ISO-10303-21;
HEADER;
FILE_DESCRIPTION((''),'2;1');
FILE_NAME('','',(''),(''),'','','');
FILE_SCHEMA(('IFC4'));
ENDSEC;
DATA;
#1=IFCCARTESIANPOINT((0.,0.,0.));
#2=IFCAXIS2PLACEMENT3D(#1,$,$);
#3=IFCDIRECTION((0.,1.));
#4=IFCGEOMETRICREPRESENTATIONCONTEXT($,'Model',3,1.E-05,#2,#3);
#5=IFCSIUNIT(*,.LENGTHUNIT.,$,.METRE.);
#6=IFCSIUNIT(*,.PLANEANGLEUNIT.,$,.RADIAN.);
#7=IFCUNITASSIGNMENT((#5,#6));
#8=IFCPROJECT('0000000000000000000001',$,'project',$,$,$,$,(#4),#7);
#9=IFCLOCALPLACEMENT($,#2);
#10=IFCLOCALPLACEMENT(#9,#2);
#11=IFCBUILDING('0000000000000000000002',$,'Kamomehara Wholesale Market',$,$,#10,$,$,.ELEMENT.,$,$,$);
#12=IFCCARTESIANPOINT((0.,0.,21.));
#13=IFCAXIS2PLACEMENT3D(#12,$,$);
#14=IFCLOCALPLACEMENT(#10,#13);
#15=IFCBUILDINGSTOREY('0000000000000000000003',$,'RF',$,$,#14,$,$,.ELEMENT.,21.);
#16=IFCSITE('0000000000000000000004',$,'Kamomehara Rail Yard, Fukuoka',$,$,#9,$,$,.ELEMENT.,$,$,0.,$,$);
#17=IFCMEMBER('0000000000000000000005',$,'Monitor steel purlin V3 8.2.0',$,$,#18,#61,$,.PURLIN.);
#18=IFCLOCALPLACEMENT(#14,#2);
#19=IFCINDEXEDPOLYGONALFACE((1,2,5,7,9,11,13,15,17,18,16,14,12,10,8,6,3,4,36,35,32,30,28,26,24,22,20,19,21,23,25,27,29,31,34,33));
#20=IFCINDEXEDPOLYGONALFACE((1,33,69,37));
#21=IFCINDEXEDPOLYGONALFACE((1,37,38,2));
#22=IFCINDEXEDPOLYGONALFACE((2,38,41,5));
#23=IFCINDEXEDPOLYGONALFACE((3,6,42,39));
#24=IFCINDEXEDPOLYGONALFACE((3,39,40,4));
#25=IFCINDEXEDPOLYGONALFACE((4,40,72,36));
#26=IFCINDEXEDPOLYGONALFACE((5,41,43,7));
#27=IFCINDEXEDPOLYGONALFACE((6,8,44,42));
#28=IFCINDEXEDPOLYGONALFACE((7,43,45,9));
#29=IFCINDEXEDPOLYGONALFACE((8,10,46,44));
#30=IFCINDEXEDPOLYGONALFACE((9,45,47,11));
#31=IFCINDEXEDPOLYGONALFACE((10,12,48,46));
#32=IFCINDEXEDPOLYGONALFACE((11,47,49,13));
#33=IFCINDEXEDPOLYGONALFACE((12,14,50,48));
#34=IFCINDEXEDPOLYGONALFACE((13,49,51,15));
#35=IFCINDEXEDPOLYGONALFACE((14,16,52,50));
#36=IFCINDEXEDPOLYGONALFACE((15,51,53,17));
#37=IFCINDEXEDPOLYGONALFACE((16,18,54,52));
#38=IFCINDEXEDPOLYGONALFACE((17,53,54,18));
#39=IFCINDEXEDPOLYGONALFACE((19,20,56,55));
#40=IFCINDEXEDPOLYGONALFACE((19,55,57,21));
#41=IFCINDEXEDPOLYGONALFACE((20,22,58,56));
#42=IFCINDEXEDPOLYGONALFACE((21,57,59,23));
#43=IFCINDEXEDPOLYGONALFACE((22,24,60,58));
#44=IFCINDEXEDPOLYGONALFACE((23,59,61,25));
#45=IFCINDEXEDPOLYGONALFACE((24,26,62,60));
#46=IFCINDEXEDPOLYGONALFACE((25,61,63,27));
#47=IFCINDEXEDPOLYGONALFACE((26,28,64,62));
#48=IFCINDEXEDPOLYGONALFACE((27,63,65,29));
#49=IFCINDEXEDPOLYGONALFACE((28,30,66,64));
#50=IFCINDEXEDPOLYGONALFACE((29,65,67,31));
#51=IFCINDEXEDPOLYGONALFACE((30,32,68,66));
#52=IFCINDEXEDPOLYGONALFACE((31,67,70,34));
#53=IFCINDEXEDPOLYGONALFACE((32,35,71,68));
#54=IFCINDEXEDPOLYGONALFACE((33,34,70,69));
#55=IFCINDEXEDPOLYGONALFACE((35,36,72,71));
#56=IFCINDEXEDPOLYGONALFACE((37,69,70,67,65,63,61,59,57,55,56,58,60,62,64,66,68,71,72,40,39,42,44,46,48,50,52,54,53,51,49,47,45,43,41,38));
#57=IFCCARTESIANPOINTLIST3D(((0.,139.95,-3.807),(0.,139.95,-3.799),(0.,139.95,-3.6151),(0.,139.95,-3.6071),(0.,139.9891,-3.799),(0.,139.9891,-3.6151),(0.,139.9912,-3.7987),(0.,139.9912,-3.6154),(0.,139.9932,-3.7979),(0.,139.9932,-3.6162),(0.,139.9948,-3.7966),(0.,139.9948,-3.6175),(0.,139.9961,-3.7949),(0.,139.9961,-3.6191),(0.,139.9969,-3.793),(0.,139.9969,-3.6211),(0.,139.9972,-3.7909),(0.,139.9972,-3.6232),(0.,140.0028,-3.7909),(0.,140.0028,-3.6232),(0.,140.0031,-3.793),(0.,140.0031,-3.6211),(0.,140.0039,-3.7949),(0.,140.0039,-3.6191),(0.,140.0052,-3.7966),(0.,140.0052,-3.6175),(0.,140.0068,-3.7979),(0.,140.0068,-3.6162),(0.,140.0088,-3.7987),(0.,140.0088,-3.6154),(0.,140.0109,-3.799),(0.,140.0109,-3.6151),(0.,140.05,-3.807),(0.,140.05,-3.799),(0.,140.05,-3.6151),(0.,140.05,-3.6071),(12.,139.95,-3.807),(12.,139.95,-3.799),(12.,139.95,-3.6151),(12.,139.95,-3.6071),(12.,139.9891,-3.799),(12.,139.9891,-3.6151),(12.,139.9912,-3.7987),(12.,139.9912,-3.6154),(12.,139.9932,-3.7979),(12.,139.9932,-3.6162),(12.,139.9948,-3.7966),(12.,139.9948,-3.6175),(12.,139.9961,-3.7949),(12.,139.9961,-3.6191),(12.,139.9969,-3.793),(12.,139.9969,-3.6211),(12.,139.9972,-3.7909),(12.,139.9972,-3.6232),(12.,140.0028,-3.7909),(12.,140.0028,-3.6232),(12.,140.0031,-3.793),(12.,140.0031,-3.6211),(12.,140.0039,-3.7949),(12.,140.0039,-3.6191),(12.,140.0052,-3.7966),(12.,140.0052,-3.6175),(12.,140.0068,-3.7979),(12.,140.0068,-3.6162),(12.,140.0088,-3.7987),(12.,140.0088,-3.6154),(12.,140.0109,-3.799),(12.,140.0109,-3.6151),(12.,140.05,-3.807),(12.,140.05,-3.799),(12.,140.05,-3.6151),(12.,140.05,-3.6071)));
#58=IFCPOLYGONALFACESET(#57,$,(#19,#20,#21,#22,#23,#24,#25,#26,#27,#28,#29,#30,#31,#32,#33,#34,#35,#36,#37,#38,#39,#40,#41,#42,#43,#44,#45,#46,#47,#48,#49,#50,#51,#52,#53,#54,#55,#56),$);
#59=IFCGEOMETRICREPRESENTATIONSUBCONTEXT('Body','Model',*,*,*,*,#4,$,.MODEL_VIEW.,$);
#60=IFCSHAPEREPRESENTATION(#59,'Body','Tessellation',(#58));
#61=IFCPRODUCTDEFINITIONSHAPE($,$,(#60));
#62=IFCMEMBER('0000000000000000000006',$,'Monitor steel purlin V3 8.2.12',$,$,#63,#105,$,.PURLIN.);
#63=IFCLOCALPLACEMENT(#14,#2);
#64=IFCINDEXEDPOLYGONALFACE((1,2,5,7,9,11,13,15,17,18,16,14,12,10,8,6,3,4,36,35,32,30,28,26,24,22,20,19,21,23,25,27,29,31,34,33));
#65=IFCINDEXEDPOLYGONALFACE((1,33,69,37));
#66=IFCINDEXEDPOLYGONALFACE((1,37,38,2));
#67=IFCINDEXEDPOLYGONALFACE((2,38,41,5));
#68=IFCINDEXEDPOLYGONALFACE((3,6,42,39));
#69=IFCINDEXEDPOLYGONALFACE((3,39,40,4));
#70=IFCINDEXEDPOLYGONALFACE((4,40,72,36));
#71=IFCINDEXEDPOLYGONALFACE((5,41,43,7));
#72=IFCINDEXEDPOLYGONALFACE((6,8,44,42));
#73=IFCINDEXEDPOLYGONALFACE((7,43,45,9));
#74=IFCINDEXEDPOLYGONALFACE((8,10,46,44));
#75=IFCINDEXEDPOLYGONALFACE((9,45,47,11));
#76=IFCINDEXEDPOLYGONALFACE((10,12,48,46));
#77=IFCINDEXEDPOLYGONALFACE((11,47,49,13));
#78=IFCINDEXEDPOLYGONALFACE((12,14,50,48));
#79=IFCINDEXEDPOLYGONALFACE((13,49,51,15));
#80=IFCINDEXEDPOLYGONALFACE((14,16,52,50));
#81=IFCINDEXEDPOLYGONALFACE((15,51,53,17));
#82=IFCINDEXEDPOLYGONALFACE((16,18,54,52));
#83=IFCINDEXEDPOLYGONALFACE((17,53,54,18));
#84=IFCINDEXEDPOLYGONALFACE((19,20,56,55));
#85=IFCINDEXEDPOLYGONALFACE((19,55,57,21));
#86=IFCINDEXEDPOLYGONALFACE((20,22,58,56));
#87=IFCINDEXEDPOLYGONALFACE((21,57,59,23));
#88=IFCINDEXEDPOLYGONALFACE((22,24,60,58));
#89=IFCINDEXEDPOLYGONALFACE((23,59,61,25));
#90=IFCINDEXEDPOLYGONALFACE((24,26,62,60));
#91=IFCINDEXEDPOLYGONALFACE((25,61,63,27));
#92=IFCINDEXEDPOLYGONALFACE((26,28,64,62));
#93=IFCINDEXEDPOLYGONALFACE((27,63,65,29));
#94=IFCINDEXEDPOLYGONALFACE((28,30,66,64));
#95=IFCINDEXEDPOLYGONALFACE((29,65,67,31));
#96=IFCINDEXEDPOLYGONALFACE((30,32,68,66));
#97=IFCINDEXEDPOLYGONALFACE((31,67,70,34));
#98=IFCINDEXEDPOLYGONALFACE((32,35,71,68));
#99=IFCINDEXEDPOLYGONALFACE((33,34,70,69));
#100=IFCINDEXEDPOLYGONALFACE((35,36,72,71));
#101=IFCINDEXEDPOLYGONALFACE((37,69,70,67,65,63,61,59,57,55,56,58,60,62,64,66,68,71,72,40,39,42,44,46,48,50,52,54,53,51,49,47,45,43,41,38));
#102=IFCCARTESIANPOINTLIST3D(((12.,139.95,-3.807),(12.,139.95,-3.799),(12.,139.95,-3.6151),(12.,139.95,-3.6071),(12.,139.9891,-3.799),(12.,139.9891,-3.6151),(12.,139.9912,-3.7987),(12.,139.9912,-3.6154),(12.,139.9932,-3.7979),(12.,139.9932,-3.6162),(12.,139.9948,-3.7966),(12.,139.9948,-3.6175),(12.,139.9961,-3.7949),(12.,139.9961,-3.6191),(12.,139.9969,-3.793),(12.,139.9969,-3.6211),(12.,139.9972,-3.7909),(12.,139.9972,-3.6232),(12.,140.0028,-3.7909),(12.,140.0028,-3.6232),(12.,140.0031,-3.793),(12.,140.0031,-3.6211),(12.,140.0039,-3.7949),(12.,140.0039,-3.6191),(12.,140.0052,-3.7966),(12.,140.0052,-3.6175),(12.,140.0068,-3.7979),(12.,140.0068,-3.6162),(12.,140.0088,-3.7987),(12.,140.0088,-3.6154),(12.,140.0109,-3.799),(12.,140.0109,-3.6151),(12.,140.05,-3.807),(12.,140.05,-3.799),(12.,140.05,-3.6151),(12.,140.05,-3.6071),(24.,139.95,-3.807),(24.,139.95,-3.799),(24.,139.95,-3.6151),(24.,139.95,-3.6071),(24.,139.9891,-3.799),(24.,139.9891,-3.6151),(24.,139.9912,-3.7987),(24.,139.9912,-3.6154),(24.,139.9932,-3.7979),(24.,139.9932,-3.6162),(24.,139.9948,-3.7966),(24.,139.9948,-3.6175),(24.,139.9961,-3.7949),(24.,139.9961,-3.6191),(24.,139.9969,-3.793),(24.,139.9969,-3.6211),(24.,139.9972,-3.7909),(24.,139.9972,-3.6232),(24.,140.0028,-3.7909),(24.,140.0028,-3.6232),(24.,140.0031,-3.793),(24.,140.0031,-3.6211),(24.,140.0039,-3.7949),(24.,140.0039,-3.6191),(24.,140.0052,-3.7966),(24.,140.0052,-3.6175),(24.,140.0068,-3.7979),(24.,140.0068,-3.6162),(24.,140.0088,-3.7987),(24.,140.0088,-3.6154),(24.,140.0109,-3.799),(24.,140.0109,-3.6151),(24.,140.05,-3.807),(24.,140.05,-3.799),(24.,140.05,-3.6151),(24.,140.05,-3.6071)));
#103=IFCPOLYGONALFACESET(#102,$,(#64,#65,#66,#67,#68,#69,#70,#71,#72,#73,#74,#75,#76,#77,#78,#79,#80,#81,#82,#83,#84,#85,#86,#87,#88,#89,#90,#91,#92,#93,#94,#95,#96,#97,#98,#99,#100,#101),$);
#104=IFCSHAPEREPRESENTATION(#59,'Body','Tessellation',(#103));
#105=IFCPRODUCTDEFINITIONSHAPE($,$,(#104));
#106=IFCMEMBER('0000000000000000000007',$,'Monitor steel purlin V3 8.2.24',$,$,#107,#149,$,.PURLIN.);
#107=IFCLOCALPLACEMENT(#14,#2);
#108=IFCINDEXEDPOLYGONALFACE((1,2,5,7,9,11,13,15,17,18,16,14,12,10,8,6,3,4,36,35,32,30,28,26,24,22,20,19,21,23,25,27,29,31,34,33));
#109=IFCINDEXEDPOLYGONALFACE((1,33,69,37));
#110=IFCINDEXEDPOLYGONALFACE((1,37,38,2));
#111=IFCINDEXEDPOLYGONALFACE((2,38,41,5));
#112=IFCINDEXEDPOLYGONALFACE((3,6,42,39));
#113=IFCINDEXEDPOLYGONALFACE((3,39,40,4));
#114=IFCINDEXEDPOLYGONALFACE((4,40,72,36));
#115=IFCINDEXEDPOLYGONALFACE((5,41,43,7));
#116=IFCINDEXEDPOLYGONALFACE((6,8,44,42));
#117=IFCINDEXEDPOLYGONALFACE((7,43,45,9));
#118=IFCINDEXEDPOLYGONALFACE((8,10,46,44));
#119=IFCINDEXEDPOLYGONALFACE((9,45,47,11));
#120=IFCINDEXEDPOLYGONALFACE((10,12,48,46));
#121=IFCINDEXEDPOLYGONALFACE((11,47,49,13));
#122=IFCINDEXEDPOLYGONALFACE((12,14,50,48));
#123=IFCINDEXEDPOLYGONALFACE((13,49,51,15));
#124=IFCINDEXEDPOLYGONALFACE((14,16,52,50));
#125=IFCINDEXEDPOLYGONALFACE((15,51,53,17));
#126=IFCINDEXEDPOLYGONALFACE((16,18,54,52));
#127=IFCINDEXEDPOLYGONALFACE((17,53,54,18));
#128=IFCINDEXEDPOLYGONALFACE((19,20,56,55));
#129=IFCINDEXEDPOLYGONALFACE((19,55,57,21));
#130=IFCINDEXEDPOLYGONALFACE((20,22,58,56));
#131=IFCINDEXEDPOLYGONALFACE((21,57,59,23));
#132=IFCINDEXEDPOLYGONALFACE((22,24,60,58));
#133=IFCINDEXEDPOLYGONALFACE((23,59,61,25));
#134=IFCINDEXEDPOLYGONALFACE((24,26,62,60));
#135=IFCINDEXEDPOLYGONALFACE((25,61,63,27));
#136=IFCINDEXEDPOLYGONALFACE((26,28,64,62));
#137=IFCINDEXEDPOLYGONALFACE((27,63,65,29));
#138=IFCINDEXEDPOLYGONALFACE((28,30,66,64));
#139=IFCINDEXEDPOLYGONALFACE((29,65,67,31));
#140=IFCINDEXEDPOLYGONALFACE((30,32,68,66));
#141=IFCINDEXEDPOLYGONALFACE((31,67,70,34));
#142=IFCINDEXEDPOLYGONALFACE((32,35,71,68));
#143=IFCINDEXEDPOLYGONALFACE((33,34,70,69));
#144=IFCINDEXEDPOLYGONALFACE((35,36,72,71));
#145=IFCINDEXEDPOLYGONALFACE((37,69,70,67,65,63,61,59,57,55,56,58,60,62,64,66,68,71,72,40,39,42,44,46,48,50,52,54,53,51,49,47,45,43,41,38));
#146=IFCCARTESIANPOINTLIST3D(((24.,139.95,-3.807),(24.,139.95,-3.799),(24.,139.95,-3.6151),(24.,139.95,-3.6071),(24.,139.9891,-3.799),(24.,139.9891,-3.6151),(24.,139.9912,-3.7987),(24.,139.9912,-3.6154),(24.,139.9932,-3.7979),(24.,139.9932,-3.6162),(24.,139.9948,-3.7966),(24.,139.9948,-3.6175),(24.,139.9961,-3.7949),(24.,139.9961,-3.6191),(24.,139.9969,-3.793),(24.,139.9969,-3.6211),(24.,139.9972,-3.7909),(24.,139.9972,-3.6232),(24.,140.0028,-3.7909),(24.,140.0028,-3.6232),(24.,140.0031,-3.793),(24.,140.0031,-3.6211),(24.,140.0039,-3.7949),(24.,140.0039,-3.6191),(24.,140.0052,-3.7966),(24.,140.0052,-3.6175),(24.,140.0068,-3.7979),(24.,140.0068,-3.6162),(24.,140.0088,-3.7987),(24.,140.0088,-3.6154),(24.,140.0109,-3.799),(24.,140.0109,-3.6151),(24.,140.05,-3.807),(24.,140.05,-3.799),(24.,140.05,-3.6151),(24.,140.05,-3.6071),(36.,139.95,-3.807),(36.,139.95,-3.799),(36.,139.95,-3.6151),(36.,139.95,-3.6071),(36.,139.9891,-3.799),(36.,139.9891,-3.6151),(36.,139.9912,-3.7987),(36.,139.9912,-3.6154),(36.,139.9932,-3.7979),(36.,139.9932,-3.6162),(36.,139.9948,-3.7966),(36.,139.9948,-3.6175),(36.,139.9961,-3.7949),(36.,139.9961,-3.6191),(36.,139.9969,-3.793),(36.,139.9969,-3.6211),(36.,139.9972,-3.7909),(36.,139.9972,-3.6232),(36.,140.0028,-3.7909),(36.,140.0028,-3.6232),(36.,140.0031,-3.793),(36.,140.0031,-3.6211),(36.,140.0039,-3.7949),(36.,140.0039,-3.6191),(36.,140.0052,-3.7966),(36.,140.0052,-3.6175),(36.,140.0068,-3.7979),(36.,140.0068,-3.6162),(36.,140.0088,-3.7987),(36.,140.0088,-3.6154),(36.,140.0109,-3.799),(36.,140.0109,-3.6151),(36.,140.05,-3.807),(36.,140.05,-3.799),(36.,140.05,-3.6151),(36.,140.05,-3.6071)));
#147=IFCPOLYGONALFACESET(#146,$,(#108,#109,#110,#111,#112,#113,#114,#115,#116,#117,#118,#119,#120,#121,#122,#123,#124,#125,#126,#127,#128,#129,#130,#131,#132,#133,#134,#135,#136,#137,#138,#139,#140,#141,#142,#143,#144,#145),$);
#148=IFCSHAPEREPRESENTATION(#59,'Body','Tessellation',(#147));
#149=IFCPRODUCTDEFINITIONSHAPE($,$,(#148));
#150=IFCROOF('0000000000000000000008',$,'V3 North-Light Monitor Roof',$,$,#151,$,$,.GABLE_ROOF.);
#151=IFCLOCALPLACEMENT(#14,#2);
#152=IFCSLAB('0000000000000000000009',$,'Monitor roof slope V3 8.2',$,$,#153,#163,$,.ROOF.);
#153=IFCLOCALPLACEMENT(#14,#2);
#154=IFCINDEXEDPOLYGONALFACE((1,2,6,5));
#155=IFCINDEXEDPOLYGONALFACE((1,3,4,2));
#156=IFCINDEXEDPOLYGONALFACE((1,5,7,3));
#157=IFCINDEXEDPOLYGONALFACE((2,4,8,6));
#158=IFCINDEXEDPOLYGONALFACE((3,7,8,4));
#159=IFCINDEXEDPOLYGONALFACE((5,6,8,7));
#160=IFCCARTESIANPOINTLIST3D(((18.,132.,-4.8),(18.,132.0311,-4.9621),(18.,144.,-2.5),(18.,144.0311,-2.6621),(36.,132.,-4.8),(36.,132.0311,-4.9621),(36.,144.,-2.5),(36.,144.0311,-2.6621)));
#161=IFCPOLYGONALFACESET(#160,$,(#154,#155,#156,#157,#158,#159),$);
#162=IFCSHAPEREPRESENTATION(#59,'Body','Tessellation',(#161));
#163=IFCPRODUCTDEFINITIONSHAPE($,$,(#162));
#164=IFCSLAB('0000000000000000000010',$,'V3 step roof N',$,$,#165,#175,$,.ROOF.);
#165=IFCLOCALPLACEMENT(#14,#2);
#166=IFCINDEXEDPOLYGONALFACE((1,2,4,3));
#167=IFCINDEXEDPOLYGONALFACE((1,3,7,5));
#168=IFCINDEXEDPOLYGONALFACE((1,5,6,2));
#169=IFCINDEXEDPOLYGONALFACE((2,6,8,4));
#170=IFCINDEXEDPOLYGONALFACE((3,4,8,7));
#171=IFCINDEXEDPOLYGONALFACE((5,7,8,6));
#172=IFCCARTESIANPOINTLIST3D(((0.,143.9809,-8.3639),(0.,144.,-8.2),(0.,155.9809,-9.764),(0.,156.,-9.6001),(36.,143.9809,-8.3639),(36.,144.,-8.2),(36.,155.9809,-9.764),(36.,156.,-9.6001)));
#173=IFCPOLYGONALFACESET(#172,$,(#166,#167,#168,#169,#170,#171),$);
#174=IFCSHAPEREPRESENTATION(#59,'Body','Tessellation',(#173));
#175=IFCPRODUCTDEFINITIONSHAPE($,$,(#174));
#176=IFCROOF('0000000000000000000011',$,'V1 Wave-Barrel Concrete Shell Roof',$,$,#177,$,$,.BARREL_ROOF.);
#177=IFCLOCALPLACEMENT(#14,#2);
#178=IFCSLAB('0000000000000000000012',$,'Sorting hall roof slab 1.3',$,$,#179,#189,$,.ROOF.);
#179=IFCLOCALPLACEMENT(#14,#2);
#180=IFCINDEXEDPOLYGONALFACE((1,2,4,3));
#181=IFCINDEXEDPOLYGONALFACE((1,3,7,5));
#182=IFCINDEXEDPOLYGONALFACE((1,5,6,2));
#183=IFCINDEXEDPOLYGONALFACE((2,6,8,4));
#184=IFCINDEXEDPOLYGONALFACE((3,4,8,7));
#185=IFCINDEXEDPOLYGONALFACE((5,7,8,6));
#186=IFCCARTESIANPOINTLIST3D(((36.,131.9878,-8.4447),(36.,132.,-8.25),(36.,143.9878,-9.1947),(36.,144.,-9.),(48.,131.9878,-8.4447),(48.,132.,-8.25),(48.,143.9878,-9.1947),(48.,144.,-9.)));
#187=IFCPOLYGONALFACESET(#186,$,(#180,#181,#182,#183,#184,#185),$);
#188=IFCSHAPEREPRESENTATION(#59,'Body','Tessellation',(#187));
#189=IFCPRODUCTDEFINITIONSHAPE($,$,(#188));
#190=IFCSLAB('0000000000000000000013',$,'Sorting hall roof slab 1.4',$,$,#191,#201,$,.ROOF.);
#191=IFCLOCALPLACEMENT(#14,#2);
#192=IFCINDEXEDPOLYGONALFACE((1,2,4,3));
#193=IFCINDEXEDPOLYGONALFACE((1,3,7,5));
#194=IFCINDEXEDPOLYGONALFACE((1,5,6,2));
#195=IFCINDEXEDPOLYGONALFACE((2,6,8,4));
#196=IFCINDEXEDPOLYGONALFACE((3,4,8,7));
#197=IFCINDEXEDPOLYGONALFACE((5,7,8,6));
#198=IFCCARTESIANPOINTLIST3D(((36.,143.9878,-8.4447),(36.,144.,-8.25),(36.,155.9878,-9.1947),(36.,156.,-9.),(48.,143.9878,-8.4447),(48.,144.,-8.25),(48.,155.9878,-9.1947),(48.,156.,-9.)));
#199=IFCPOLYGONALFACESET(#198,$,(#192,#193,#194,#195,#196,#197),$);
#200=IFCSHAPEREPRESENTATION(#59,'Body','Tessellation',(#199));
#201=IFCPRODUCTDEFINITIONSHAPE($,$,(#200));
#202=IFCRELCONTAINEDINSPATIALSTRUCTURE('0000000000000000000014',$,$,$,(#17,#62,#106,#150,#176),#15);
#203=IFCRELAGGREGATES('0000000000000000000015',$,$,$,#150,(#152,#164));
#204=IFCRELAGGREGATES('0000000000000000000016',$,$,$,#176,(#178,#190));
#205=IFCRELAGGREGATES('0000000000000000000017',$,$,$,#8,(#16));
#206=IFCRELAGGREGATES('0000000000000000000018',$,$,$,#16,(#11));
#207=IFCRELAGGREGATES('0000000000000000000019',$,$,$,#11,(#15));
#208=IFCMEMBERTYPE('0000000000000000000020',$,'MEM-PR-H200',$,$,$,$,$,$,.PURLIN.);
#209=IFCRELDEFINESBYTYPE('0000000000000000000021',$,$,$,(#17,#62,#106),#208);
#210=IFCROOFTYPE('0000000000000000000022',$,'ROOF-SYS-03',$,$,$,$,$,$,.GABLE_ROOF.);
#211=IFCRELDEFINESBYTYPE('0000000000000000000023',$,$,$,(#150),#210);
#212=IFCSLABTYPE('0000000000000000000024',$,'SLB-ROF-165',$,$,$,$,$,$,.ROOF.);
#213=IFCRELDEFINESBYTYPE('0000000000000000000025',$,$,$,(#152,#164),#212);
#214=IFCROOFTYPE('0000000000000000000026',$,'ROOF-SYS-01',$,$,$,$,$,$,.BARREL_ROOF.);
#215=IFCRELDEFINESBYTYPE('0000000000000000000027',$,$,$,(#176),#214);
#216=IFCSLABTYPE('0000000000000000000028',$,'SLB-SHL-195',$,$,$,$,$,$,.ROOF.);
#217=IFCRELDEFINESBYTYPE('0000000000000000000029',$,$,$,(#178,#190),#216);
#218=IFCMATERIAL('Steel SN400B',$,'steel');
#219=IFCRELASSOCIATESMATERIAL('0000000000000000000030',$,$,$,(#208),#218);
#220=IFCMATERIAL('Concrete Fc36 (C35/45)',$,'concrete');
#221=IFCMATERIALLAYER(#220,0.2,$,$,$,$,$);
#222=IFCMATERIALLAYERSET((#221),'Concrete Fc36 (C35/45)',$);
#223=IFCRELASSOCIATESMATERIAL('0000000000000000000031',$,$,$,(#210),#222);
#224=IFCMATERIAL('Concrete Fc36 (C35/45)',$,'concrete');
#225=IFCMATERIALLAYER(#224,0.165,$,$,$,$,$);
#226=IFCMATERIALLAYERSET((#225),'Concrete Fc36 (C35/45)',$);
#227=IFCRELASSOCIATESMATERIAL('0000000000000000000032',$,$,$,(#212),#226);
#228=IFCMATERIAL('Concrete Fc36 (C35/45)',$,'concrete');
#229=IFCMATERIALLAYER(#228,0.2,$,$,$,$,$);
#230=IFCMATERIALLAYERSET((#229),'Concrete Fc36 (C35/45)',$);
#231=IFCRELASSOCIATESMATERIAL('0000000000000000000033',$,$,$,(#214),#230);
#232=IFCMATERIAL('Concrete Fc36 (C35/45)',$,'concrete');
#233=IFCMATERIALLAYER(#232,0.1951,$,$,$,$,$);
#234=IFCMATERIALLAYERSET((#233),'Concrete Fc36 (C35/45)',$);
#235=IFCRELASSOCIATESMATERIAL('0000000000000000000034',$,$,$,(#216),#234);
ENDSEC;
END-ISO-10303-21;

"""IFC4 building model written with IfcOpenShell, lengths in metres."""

from ifc_helpers import new_model, si_unit, direction, frame, origin, origin_2d, place, context, subcontext, project, spatial, polyline, i_section, outline, extrude, material, layer, layer_set, material_profile, profile_set, type_object, element, aggregate, save


model = new_model("IFC4")

# Units and contexts
model_context = context("Model", 3, precision=1e-05, world=origin(), true_north=direction((0.0, 1.0)))
body_context = subcontext(model_context, "Body", "Model", "MODEL_VIEW")
ifc_project = project(units=[si_unit("LENGTHUNIT", "METRE"), si_unit("PLANEANGLEUNIT", "RADIAN")], contexts=[model_context])

# Site, building, storey
site_placement = place(None, origin())
site = spatial("IfcSite", under=ifc_project, at=site_placement, Name="Kamomehara Rail Yard, Fukuoka", CompositionType="ELEMENT", RefElevation=0.0)
building_placement = place(site_placement, origin())
building = spatial("IfcBuilding", under=site, at=building_placement, Name="Kamomehara Wholesale Market", CompositionType="ELEMENT")
storey_placement = place(building_placement, frame((0.0, 0.0, 21.0)))
storey = spatial("IfcBuildingStorey", under=building, at=storey_placement, Name="RF", CompositionType="ELEMENT", Elevation=21.0)

# Members
ifc_material_1 = material(Name="Steel SN400B", Category="steel")
ifc_material_profile_1 = material_profile(ifc_material_1, i_section(OverallWidth=0.1001, OverallDepth=0.2, WebThickness=0.0056, FlangeThickness=0.0081, FilletRadius=0.0081, at=origin_2d()), Name="H-200x100x5.5x8")
ifc_profile_set_1 = profile_set([ifc_material_profile_1], Name="Steel SN400B")
member_type = type_object("IfcMemberType", Name="MEM-PR-H200", PredefinedType="PURLIN", material=ifc_profile_set_1)
for number, where, z_axis, x_axis, name in (
    (1, (0.0, 140.0, -3.707), (1.0, 0.0, 0.0), (0.0, 1.0, 0.0), "Monitor steel purlin V3 8.2.0"),
    (2, (12.0, 140.0, -3.707), (1.0, 0.0, 0.0), (0.0, 1.0, 0.0), "Monitor steel purlin V3 8.2.12"),
    (3, (24.0, 140.0, -3.707), (1.0, 0.0, 0.0), (0.0, 1.0, 0.0), "Monitor steel purlin V3 8.2.24"),
):
    element("IfcMember", number, at=place(storey_placement, frame(where, z_axis=z_axis, x_axis=x_axis)), inside=storey, type_object=member_type, Name=name, PredefinedType="PURLIN", context=body_context, shape_type="SweptSolid", body=[
        extrude(i_section(OverallWidth=0.1001, OverallDepth=0.2, WebThickness=0.0056, FlangeThickness=0.0081, FilletRadius=0.0081, at=origin_2d()), origin(), (0.0, 0.0, 1.0), 12.0),
    ])

# Roofs, slabs
ifc_material_2 = material(Name="Concrete Fc36 (C35/45)", Category="concrete")
ifc_layer_1 = layer(ifc_material_2, 0.2)
ifc_layer_set_1 = layer_set([ifc_layer_1], Name="Concrete Fc36 (C35/45)")
roof_type_1 = type_object("IfcRoofType", Name="ROOF-SYS-03", PredefinedType="GABLE_ROOF", material=ifc_layer_set_1)
roof_1_placement = place(storey_placement, origin())
roof_1 = element("IfcRoof", 4, at=roof_1_placement, inside=storey, type_object=roof_type_1, Name="V3 North-Light Monitor Roof", PredefinedType="GABLE_ROOF")
ifc_material_3 = material(Name="Concrete Fc36 (C35/45)", Category="concrete")
ifc_layer_2 = layer(ifc_material_3, 0.165)
ifc_layer_set_2 = layer_set([ifc_layer_2], Name="Concrete Fc36 (C35/45)")
slab_type_1 = type_object("IfcSlabType", Name="SLB-ROF-165", PredefinedType="ROOF", material=ifc_layer_set_2)
slab_1_placement = place(storey_placement, frame((18.0, 132.0, -4.8), z_axis=(0.0, -0.188244, 0.982122), x_axis=(1.0, 0.0, 0.0)))
slab_1 = element("IfcSlab", 5, at=slab_1_placement, type_object=slab_type_1, Name="Monitor roof slope V3 8.2", PredefinedType="ROOF", context=body_context, shape_type="SweptSolid", body=[
    extrude(outline(polyline([(0.0, 0.0), (18.0, 0.0), (18.0, 12.2184), (0.0, 12.2184), (0.0, 0.0)])), origin(), (0.0, 0.0, -1.0), 0.165),
])
slab_2_placement = place(storey_placement, frame((0.0, 144.0, -8.2), z_axis=(0.0, 0.115893, 0.993262), x_axis=(1.0, 0.0, 0.0)))
slab_2 = element("IfcSlab", 6, at=slab_2_placement, type_object=slab_type_1, Name="V3 step roof N", PredefinedType="ROOF", context=body_context, shape_type="SweptSolid", body=[
    extrude(outline(polyline([(0.0, 0.0), (36.0, 0.0), (36.0, 12.0814), (0.0, 12.0814), (0.0, 0.0)])), origin(), (0.0, 0.0, -1.0), 0.165),
])
aggregate(roof_1, [slab_1, slab_2])
ifc_material_4 = material(Name="Concrete Fc36 (C35/45)", Category="concrete")
ifc_layer_3 = layer(ifc_material_4, 0.2)
ifc_layer_set_3 = layer_set([ifc_layer_3], Name="Concrete Fc36 (C35/45)")
roof_type_2 = type_object("IfcRoofType", Name="ROOF-SYS-01", PredefinedType="BARREL_ROOF", material=ifc_layer_set_3)
roof_2_placement = place(storey_placement, origin())
roof_2 = element("IfcRoof", 7, at=roof_2_placement, inside=storey, type_object=roof_type_2, Name="V1 Wave-Barrel Concrete Shell Roof", PredefinedType="BARREL_ROOF")
ifc_material_5 = material(Name="Concrete Fc36 (C35/45)", Category="concrete")
ifc_layer_4 = layer(ifc_material_5, 0.1951)
ifc_layer_set_4 = layer_set([ifc_layer_4], Name="Concrete Fc36 (C35/45)")
slab_type_2 = type_object("IfcSlabType", Name="SLB-SHL-195", PredefinedType="ROOF", material=ifc_layer_set_4)
slab_3_placement = place(storey_placement, frame((36.0, 132.0, -8.25), z_axis=(0.0, 0.062378, 0.998053), x_axis=(1.0, 0.0, 0.0)))
slab_3 = element("IfcSlab", 8, at=slab_3_placement, type_object=slab_type_2, Name="Sorting hall roof slab 1.3", PredefinedType="ROOF", context=body_context, shape_type="SweptSolid", body=[
    extrude(outline(polyline([(0.0, 0.0), (12.0, 0.0), (12.0, 12.0234), (0.0, 12.0234), (0.0, 0.0)])), origin(), (0.0, 0.0, -1.0), 0.1951),
])
slab_4_placement = place(storey_placement, frame((36.0, 144.0, -8.25), z_axis=(0.0, 0.062378, 0.998053), x_axis=(1.0, 0.0, 0.0)))
slab_4 = element("IfcSlab", 9, at=slab_4_placement, type_object=slab_type_2, Name="Sorting hall roof slab 1.4", PredefinedType="ROOF", context=body_context, shape_type="SweptSolid", body=[
    extrude(outline(polyline([(0.0, 0.0), (12.0, 0.0), (12.0, 12.0234), (0.0, 12.0234), (0.0, 0.0)])), origin(), (0.0, 0.0, -1.0), 0.1951),
])
aggregate(roof_2, [slab_3, slab_4])

save(model, "model.ifc")
